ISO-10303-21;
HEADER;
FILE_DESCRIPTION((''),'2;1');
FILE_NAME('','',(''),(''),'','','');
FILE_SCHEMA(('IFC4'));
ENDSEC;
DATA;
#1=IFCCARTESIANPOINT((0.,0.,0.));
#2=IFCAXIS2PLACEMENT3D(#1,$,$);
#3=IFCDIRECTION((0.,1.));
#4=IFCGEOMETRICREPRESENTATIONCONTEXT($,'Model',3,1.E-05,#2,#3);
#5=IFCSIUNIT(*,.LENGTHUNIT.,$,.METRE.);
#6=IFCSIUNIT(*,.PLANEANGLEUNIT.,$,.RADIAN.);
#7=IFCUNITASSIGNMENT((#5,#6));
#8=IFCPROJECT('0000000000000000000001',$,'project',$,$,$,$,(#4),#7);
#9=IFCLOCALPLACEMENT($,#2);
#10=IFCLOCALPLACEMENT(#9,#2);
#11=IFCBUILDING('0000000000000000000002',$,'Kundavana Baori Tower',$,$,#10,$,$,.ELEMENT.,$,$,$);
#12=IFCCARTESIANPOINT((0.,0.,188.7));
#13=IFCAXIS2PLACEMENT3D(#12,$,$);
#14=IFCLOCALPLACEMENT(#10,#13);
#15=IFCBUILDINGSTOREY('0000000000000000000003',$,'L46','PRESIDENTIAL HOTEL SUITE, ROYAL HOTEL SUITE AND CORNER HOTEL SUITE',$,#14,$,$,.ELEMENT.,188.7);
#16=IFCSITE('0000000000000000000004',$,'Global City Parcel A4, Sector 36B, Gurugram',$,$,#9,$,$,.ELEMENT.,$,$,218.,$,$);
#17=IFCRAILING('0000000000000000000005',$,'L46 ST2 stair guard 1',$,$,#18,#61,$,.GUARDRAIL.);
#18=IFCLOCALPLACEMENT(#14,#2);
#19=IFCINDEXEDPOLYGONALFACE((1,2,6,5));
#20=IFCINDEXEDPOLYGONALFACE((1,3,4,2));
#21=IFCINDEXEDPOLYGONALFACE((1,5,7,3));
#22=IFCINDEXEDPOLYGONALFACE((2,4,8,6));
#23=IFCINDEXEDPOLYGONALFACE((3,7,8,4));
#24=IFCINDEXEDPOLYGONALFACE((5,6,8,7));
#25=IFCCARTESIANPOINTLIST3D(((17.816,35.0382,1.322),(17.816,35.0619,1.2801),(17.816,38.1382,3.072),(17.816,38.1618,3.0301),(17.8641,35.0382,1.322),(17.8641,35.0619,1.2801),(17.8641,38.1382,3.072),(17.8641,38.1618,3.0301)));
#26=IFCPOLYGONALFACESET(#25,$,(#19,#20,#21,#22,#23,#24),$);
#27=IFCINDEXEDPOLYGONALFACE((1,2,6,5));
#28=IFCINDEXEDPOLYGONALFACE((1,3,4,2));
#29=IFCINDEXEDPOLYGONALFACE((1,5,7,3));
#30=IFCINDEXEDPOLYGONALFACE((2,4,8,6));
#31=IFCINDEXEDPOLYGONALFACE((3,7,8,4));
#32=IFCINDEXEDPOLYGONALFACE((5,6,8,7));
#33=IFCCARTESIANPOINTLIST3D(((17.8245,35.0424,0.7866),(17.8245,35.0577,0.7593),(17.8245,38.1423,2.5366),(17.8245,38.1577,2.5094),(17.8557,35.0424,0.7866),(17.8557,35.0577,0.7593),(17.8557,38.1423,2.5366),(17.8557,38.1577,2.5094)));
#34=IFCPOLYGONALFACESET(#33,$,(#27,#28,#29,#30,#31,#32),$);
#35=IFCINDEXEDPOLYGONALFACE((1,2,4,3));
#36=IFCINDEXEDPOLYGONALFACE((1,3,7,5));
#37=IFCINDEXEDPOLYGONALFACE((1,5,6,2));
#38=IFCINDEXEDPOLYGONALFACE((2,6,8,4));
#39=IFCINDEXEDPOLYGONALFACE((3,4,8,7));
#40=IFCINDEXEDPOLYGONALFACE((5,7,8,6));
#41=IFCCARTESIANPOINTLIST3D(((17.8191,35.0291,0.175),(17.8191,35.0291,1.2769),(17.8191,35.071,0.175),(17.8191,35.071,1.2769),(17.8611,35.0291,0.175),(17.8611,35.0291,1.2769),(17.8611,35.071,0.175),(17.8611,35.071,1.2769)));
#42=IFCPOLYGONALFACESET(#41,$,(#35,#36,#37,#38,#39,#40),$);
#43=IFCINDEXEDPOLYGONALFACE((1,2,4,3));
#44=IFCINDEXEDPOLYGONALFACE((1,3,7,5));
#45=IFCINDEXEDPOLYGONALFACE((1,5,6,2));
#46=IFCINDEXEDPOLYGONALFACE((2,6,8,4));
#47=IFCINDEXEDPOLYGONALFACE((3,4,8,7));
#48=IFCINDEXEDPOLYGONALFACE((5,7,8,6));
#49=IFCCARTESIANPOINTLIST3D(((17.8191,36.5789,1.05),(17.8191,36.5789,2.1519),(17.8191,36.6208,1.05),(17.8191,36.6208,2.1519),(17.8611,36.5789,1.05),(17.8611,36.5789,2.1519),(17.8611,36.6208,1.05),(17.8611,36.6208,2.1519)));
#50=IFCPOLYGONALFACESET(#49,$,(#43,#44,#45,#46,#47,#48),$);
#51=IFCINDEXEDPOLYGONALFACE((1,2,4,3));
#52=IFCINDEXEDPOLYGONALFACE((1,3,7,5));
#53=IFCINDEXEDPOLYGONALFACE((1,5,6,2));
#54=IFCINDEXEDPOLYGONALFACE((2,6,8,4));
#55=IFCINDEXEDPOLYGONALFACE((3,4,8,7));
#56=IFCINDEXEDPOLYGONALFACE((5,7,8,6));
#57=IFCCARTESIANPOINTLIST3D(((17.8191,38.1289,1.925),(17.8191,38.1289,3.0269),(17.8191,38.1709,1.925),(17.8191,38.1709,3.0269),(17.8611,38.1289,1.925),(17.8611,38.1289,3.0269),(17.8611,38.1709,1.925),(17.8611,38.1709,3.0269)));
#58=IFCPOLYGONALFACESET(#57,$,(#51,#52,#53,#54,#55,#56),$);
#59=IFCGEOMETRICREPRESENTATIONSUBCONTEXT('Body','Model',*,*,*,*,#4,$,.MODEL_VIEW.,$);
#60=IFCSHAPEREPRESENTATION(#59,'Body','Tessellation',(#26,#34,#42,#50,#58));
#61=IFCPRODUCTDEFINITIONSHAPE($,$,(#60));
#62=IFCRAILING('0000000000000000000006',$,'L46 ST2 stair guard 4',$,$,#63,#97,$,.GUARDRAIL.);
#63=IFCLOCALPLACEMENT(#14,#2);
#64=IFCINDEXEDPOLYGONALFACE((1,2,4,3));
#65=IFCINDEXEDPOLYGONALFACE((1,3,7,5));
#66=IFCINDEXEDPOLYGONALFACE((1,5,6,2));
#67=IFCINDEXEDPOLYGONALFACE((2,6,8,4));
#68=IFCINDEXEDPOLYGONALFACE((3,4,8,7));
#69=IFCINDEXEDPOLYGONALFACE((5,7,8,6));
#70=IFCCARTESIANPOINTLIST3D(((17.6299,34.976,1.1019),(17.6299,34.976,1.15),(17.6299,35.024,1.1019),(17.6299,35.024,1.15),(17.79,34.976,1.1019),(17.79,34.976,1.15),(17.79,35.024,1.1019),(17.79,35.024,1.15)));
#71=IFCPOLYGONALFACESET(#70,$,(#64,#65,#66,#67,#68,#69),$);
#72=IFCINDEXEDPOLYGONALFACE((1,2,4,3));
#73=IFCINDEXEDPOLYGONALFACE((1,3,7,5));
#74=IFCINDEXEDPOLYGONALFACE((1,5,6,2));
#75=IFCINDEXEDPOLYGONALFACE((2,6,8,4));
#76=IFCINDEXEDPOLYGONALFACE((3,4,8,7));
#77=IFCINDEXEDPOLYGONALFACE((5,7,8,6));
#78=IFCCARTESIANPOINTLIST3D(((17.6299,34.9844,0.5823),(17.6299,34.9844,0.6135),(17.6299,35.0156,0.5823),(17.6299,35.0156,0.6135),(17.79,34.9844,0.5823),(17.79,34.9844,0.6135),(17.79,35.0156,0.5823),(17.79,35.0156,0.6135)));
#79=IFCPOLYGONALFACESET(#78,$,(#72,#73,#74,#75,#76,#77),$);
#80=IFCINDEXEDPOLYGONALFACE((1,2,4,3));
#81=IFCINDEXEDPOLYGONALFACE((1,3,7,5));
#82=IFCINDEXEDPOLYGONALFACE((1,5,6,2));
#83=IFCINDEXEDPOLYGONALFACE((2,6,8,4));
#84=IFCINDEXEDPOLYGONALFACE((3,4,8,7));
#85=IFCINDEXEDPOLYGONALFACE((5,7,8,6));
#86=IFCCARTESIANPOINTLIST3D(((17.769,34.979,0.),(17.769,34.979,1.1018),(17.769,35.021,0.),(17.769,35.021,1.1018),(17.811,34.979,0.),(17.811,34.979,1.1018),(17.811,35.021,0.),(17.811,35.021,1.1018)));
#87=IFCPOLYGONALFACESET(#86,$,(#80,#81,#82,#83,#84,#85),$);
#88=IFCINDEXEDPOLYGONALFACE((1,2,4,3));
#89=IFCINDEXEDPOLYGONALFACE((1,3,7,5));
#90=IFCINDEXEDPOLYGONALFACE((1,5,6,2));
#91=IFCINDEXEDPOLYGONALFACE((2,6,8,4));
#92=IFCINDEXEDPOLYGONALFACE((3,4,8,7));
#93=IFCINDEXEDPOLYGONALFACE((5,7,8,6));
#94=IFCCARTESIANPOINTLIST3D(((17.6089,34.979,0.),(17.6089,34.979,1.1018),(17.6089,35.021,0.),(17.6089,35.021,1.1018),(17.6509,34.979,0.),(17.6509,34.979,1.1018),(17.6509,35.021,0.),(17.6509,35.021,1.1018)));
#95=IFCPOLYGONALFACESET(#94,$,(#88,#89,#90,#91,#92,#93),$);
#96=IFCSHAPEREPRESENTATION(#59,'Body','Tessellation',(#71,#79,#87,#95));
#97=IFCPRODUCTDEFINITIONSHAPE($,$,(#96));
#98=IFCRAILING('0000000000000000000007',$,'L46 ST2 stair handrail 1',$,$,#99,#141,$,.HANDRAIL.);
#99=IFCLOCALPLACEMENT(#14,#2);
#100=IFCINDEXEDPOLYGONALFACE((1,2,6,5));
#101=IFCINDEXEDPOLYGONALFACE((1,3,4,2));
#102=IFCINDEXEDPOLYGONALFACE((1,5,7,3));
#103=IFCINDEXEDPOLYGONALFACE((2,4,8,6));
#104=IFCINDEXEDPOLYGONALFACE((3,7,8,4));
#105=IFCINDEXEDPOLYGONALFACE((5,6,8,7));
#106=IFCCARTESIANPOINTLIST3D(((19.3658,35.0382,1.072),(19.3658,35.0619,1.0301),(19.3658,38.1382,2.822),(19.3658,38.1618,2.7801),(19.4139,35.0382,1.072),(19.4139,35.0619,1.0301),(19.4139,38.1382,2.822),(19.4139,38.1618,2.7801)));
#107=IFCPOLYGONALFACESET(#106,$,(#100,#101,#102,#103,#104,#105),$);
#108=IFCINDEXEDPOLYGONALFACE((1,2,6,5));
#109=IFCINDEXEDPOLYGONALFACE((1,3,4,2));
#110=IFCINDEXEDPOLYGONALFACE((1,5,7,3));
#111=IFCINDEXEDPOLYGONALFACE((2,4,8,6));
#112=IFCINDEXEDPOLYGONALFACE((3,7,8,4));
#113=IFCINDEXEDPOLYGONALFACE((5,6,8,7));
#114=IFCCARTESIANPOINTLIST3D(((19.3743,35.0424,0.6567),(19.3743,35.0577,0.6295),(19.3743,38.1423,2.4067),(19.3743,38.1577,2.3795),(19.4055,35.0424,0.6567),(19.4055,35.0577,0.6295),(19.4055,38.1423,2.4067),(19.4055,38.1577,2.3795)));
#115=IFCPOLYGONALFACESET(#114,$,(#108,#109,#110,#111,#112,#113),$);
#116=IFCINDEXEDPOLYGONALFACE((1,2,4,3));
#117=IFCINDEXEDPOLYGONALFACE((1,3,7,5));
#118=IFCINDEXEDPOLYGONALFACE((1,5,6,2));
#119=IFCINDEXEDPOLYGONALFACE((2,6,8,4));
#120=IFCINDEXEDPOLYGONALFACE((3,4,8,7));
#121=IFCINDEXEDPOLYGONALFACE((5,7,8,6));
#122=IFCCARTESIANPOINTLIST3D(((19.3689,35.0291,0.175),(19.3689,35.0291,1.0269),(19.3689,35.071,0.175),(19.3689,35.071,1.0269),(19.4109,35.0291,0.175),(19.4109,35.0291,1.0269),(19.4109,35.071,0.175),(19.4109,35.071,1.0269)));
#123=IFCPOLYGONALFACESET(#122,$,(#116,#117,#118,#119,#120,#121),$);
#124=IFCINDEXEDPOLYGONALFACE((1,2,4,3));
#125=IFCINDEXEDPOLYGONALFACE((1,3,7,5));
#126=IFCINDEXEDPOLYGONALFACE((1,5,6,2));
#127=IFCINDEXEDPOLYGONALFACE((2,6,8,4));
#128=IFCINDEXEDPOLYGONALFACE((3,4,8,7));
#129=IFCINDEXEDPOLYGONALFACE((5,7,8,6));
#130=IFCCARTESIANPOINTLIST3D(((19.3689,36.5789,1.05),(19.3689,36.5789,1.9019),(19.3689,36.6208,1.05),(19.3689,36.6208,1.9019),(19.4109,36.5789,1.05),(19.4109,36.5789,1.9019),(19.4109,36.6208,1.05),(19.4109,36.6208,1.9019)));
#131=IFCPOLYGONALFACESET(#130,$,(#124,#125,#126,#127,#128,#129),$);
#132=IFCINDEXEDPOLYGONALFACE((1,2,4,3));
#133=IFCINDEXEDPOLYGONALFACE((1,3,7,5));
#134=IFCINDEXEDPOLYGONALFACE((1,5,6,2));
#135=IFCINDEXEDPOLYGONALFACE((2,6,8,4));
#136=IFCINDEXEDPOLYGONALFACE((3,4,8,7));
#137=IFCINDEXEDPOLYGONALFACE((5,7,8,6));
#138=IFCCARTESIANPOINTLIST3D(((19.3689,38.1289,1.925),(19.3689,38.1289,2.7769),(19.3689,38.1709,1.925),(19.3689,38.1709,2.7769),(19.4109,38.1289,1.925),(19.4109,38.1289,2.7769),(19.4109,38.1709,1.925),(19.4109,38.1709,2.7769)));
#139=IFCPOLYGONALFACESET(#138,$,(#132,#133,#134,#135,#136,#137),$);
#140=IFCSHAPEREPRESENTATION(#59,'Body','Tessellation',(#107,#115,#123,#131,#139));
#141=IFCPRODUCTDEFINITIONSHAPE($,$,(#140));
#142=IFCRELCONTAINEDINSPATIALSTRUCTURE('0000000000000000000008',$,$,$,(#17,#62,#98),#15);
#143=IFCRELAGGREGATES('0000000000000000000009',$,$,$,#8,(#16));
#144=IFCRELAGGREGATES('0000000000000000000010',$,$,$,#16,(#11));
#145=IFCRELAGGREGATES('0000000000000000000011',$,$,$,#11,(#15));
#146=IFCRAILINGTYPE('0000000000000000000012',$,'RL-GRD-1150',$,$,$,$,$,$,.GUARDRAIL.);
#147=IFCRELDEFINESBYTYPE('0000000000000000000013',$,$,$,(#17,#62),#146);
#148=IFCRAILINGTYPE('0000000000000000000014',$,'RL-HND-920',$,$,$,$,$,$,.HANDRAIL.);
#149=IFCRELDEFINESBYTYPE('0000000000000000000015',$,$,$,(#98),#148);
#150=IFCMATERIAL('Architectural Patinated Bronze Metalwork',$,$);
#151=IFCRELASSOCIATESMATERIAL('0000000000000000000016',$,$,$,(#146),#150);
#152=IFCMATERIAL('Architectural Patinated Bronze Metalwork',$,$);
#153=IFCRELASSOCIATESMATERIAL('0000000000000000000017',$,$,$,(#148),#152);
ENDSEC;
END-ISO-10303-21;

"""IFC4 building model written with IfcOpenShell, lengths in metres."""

from ifc_helpers import new_model, si_unit, direction, frame, origin, origin_2d, place, context, subcontext, project, spatial, rectangle, extrude, material, type_object, element, save


model = new_model("IFC4")

# Units and contexts
model_context = context("Model", 3, precision=1e-05, world=origin(), true_north=direction((0.0, 1.0)))
body_context = subcontext(model_context, "Body", "Model", "MODEL_VIEW")
ifc_project = project(units=[si_unit("LENGTHUNIT", "METRE"), si_unit("PLANEANGLEUNIT", "RADIAN")], contexts=[model_context])

# Site, building, storey
site_placement = place(None, origin())
site = spatial("IfcSite", under=ifc_project, at=site_placement, Name="Global City Parcel A4, Sector 36B, Gurugram", CompositionType="ELEMENT", RefElevation=218.0)
building_placement = place(site_placement, origin())
building = spatial("IfcBuilding", under=site, at=building_placement, Name="Kundavana Baori Tower", CompositionType="ELEMENT")
storey_placement = place(building_placement, frame((0.0, 0.0, 188.7)))
storey = spatial("IfcBuildingStorey", under=building, at=storey_placement, Name="L46", Description="PRESIDENTIAL HOTEL SUITE, ROYAL HOTEL SUITE AND CORNER HOTEL SUITE", CompositionType="ELEMENT", Elevation=188.7)

# Railings
ifc_material_1 = material(Name="Architectural Patinated Bronze Metalwork")
railing_type_1 = type_object("IfcRailingType", Name="RL-GRD-1150", PredefinedType="GUARDRAIL", material=ifc_material_1)
railing_1_placement = place(storey_placement, frame((17.8401, 35.05, 0.175)))
element("IfcRailing", 1, at=railing_1_placement, inside=storey, type_object=railing_type_1, Name="L46 ST2 stair guard 1", PredefinedType="GUARDRAIL", context=body_context, shape_type="SweptSolid", body=[
    extrude(rectangle(XDim=0.0481, YDim=0.0481, at=origin_2d()), frame((0.0, 0.0, 1.126), z_axis=(0.0, 0.870814, 0.491612), x_axis=(-1.0, 0.0, 0.0)), (0.0, 0.0, 1.0), 3.5598),
    extrude(rectangle(XDim=0.0312, YDim=0.0312, at=origin_2d()), frame((0.0, 0.0, 0.5979), z_axis=(0.0, 0.870814, 0.491612), x_axis=(-1.0, 0.0, 0.0)), (0.0, 0.0, 1.0), 3.5598),
    extrude(rectangle(XDim=0.042, YDim=0.042, at=origin_2d()), origin(), (0.0, 0.0, 1.0), 1.1018),
    extrude(rectangle(XDim=0.042, YDim=0.042, at=origin_2d()), frame((0.0, 1.5498, 0.875)), (0.0, 0.0, 1.0), 1.1018),
    extrude(rectangle(XDim=0.042, YDim=0.042, at=origin_2d()), frame((0.0, 3.0999, 1.75)), (0.0, 0.0, 1.0), 1.1018),
])
railing_2_placement = place(storey_placement, frame((17.79, 35.0, 0.0)))
element("IfcRailing", 2, at=railing_2_placement, inside=storey, type_object=railing_type_1, Name="L46 ST2 stair guard 4", PredefinedType="GUARDRAIL", context=body_context, shape_type="SweptSolid", body=[
    extrude(rectangle(XDim=0.0481, YDim=0.0481, at=origin_2d()), frame((0.0, 0.0, 1.126), z_axis=(-1.0, 0.0, 0.0), x_axis=(0.0, -1.0, 0.0)), (0.0, 0.0, 1.0), 0.1602),
    extrude(rectangle(XDim=0.0312, YDim=0.0312, at=origin_2d()), frame((0.0, 0.0, 0.5979), z_axis=(-1.0, 0.0, 0.0), x_axis=(0.0, -1.0, 0.0)), (0.0, 0.0, 1.0), 0.1602),
    extrude(rectangle(XDim=0.042, YDim=0.042, at=origin_2d()), origin(), (0.0, 0.0, 1.0), 1.1018),
    extrude(rectangle(XDim=0.042, YDim=0.042, at=origin_2d()), frame((-0.1602, 0.0, 0.0)), (0.0, 0.0, 1.0), 1.1018),
])
ifc_material_2 = material(Name="Architectural Patinated Bronze Metalwork")
railing_type_2 = type_object("IfcRailingType", Name="RL-HND-920", PredefinedType="HANDRAIL", material=ifc_material_2)
railing_3_placement = place(storey_placement, frame((19.3899, 35.05, 0.175)))
element("IfcRailing", 3, at=railing_3_placement, inside=storey, type_object=railing_type_2, Name="L46 ST2 stair handrail 1", PredefinedType="HANDRAIL", context=body_context, shape_type="SweptSolid", body=[
    extrude(rectangle(XDim=0.0481, YDim=0.0481, at=origin_2d()), frame((0.0, 0.0, 0.876), z_axis=(0.0, 0.870814, 0.491612), x_axis=(-1.0, 0.0, 0.0)), (0.0, 0.0, 1.0), 3.5598),
    extrude(rectangle(XDim=0.0312, YDim=0.0312, at=origin_2d()), frame((0.0, 0.0, 0.468), z_axis=(0.0, 0.870814, 0.491612), x_axis=(-1.0, 0.0, 0.0)), (0.0, 0.0, 1.0), 3.5598),
    extrude(rectangle(XDim=0.042, YDim=0.042, at=origin_2d()), origin(), (0.0, 0.0, 1.0), 0.8518),
    extrude(rectangle(XDim=0.042, YDim=0.042, at=origin_2d()), frame((0.0, 1.5498, 0.875)), (0.0, 0.0, 1.0), 0.8518),
    extrude(rectangle(XDim=0.042, YDim=0.042, at=origin_2d()), frame((0.0, 3.0999, 1.75)), (0.0, 0.0, 1.0), 0.8518),
])

save(model, "model.ifc")
